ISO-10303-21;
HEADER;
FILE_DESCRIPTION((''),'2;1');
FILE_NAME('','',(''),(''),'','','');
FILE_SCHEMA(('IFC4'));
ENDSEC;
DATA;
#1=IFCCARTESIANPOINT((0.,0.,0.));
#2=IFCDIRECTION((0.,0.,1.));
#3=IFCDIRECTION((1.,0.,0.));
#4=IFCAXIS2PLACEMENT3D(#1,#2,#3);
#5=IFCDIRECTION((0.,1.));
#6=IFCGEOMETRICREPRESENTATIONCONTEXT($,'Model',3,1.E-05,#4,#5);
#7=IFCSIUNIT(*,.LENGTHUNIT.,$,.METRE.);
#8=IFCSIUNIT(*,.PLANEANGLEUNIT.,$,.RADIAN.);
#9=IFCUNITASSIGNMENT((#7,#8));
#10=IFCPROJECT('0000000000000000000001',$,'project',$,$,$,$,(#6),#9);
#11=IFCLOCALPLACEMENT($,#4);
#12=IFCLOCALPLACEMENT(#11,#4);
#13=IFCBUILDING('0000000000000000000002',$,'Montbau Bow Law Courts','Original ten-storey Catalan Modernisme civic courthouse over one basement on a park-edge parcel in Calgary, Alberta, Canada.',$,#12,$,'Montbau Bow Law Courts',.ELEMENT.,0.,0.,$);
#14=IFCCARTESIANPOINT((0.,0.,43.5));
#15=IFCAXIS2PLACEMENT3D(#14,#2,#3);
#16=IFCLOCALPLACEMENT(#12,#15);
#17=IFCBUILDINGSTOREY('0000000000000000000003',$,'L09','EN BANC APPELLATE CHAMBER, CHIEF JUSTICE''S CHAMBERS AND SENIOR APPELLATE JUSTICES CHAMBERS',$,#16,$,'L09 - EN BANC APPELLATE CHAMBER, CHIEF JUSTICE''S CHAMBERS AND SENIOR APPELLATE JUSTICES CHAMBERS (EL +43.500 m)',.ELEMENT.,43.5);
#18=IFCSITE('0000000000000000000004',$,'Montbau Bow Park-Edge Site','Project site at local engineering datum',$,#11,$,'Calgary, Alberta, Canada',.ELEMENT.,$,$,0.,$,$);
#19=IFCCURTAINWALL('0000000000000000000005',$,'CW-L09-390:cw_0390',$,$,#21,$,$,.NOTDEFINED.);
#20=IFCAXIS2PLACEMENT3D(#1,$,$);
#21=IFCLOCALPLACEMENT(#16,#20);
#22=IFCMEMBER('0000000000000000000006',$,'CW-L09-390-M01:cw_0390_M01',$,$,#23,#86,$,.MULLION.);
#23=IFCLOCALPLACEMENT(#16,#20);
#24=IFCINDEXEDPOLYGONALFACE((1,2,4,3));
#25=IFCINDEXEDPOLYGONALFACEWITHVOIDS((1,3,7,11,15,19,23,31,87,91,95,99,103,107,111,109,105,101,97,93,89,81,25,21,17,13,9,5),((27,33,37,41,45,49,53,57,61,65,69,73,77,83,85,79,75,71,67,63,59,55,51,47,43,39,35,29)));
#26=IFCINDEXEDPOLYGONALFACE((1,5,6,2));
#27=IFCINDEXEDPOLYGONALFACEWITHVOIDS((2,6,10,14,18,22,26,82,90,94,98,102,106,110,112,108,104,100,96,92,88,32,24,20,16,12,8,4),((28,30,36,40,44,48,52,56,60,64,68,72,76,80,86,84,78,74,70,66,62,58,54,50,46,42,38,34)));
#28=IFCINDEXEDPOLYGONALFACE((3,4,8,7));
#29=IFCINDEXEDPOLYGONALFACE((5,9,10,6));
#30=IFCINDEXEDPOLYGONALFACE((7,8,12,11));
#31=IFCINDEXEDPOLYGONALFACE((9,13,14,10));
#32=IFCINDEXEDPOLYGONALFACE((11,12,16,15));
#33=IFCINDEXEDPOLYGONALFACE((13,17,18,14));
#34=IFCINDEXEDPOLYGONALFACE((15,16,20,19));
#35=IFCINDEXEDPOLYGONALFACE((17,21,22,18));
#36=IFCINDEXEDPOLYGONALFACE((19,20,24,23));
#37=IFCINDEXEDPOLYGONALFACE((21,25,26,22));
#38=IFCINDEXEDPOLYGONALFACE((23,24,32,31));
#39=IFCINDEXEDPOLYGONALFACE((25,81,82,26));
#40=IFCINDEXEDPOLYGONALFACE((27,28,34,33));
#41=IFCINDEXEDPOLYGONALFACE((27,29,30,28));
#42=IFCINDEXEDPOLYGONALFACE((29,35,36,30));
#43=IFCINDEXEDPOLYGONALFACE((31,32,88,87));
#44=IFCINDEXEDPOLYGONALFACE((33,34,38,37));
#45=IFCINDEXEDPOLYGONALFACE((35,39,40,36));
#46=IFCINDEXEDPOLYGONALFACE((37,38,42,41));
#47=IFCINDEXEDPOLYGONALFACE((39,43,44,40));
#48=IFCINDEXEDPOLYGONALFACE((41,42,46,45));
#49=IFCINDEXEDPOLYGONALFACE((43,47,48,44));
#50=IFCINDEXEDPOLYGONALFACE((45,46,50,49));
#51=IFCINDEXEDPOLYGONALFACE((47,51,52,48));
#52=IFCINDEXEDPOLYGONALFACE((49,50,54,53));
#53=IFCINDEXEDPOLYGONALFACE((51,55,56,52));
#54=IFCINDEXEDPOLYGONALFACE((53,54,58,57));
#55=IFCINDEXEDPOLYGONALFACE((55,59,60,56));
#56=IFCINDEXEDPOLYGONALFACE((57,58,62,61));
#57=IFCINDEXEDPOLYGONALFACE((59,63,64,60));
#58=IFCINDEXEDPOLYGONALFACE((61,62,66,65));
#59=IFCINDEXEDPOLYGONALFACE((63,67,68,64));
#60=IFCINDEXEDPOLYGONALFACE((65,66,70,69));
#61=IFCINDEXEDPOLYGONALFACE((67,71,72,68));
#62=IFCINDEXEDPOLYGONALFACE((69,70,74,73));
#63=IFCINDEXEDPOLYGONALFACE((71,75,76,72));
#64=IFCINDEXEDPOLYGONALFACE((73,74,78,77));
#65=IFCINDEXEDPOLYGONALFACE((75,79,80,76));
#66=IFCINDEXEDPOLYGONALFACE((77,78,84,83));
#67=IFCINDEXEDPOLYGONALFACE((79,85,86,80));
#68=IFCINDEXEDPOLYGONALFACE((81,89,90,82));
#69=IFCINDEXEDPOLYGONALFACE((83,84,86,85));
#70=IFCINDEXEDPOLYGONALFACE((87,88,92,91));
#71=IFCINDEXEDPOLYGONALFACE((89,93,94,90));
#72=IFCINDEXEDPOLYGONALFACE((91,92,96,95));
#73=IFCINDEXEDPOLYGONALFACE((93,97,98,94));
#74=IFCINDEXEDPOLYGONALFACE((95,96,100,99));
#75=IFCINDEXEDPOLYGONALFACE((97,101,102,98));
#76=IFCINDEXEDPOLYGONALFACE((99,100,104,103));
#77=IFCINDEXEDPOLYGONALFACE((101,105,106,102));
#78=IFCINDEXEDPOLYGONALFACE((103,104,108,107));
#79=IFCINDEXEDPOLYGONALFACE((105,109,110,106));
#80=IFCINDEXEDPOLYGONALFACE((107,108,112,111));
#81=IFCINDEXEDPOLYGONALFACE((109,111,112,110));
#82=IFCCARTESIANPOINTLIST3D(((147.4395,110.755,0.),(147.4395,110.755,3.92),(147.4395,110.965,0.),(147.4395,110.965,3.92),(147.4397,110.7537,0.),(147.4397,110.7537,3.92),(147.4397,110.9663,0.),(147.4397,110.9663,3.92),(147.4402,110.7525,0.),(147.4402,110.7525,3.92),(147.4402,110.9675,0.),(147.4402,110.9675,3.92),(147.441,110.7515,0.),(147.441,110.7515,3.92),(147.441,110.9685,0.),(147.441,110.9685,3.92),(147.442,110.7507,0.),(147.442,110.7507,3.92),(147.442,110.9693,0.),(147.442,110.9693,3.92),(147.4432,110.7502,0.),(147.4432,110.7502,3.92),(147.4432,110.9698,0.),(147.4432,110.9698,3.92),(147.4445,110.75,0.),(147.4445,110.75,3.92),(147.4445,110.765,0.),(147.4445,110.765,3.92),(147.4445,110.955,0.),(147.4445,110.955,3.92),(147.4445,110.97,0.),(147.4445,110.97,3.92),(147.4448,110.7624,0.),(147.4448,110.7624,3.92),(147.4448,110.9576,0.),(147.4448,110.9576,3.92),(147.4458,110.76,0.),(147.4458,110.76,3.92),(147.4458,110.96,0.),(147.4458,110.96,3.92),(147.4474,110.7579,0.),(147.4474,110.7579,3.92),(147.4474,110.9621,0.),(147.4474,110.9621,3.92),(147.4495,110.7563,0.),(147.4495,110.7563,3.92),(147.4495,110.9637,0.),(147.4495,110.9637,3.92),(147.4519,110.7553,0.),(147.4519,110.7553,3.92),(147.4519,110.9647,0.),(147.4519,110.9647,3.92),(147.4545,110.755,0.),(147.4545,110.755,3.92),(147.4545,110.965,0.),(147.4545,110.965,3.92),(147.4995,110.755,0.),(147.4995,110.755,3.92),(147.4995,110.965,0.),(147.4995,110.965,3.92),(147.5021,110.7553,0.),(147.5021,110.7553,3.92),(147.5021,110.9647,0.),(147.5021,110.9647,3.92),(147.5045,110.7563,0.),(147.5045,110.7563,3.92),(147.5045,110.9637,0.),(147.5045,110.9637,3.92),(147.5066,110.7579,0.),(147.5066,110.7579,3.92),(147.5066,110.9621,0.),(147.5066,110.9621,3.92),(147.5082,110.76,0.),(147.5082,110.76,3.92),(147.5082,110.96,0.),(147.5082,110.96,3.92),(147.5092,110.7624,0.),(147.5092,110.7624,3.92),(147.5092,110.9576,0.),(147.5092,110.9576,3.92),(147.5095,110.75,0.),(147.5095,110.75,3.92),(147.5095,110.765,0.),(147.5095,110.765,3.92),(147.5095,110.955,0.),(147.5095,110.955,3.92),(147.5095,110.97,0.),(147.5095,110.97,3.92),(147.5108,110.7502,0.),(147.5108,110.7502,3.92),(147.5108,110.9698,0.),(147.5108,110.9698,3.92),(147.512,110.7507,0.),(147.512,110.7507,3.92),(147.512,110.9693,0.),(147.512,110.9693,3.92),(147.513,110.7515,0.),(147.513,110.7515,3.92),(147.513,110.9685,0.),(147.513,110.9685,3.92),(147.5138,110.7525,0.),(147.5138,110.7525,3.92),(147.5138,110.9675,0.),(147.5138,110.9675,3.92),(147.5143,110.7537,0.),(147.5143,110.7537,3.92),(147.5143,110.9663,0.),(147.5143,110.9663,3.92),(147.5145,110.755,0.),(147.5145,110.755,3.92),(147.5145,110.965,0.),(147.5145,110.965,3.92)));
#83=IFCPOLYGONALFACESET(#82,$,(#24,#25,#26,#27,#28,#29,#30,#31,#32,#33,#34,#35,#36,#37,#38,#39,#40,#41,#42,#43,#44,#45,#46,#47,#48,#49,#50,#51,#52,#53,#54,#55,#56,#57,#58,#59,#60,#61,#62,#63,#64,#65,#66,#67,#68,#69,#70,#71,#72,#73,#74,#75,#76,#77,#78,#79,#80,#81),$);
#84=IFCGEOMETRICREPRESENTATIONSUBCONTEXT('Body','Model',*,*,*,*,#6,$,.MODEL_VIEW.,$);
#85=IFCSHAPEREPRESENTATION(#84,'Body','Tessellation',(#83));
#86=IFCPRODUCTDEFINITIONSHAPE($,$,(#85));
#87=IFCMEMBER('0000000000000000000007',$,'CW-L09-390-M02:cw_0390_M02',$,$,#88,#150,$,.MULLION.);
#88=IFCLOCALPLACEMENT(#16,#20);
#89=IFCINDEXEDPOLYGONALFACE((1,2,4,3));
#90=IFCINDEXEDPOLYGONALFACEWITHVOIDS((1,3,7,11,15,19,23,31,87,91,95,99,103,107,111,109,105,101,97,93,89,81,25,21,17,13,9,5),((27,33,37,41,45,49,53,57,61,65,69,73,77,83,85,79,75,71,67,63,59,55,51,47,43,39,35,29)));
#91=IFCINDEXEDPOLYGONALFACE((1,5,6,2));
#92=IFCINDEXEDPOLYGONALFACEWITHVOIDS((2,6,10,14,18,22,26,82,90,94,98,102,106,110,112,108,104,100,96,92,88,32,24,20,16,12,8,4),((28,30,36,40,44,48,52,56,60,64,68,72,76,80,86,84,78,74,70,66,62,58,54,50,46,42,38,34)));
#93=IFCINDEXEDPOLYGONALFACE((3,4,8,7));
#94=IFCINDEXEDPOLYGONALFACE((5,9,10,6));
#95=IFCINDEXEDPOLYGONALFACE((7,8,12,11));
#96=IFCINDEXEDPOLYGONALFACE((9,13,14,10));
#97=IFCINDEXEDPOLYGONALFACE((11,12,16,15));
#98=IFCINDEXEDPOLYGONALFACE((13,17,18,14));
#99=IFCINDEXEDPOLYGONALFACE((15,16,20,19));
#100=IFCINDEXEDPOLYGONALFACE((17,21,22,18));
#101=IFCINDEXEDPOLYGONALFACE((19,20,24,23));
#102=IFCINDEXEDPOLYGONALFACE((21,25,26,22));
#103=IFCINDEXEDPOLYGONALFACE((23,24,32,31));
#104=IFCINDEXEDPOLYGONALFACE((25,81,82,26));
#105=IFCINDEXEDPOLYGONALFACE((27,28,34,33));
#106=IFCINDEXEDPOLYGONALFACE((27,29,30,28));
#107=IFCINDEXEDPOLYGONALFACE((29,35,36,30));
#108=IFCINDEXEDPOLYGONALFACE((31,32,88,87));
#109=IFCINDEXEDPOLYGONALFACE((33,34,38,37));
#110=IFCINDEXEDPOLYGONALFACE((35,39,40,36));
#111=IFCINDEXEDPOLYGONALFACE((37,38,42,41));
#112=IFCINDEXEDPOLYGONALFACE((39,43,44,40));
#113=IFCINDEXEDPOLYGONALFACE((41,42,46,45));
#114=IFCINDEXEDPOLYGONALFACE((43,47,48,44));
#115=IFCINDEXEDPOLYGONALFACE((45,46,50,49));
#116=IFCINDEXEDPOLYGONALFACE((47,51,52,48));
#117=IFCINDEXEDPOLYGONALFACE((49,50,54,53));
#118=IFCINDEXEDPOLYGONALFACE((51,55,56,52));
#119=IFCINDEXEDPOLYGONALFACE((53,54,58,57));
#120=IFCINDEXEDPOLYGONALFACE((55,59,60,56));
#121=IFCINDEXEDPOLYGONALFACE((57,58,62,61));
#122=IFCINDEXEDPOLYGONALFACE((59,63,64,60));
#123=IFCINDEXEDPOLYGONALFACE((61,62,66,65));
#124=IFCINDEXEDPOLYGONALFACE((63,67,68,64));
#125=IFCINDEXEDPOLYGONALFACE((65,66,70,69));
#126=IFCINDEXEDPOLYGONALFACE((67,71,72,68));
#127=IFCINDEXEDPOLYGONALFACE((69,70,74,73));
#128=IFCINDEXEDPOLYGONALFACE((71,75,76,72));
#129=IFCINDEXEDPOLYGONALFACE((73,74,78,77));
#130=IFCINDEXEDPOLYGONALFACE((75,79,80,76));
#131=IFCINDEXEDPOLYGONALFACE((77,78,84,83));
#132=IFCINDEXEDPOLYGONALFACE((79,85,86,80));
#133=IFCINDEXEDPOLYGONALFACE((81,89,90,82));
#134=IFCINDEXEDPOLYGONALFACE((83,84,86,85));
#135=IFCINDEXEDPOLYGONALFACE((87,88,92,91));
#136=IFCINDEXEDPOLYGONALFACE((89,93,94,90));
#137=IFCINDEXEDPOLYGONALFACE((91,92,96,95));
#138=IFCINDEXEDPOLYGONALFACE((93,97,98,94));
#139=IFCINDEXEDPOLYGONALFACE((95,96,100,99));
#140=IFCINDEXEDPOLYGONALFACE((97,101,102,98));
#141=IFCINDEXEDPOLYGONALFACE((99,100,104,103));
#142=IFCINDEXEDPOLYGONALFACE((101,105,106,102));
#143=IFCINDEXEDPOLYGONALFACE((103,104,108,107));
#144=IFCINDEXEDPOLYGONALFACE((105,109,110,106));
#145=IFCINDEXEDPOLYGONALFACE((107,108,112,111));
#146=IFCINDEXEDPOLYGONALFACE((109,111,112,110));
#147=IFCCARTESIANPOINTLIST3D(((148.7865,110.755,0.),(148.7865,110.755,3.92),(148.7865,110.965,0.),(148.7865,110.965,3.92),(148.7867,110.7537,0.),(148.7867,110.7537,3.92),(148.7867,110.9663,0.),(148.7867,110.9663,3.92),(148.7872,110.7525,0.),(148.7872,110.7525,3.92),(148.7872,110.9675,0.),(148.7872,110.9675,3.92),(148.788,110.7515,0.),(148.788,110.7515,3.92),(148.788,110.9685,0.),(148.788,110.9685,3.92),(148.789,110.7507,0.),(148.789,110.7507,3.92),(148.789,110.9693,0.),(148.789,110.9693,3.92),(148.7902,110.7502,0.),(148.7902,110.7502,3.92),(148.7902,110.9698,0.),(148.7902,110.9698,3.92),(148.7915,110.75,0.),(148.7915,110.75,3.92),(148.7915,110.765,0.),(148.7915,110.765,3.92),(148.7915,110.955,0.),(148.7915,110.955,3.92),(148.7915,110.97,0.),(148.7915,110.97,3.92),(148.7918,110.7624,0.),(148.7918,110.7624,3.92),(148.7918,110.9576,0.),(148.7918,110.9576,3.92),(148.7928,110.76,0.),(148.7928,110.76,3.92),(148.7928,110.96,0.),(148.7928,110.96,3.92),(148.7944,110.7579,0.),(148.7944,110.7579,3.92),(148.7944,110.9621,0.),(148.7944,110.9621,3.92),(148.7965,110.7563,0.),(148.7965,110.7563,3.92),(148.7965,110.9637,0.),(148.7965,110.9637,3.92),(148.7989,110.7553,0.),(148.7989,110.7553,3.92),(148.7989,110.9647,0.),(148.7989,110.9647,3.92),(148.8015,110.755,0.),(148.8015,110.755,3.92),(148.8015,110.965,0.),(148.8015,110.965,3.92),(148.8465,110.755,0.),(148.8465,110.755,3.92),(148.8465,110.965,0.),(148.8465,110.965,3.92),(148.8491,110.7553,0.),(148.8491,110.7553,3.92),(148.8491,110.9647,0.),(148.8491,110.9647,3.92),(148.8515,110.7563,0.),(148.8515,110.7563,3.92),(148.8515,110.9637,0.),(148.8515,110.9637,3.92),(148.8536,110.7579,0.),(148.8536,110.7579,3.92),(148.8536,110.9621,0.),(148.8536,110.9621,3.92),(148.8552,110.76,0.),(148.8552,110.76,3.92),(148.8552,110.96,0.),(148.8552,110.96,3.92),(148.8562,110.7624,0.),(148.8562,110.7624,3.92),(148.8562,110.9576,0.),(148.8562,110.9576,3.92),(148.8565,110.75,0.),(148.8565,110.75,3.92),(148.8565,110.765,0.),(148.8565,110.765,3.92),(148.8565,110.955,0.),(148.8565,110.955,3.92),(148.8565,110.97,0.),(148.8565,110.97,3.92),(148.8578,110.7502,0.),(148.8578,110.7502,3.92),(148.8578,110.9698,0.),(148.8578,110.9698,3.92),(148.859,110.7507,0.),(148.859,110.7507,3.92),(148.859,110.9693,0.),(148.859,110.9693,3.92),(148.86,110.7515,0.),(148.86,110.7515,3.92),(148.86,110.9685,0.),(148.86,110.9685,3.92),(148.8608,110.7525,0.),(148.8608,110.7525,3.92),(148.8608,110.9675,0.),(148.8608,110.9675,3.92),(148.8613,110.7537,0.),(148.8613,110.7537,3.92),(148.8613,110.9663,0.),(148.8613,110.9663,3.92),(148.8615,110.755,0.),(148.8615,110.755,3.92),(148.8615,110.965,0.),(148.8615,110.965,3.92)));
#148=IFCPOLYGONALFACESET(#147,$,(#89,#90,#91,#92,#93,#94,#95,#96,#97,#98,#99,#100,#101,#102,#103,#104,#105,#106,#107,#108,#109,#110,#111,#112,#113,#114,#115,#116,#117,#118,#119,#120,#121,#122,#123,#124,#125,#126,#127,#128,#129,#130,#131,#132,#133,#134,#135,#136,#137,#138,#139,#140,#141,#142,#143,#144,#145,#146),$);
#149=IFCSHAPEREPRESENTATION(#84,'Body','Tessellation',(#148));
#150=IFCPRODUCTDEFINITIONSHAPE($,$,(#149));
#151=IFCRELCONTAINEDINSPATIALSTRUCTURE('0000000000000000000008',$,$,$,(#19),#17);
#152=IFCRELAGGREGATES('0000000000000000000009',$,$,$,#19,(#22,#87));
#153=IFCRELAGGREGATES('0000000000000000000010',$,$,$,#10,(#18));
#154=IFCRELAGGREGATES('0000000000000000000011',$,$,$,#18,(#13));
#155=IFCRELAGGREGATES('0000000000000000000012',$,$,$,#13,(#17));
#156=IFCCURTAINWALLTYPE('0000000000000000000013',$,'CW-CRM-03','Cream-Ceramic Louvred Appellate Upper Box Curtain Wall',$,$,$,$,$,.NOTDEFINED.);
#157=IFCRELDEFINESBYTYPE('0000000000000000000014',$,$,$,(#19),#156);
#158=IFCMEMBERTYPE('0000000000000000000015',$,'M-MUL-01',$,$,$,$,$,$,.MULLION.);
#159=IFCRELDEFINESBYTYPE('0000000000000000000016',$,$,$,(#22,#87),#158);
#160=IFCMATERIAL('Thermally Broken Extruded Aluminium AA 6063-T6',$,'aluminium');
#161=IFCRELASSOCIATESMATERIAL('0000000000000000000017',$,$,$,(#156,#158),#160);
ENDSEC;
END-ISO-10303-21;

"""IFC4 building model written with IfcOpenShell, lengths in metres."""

from ifc_helpers import new_model, si_unit, direction, frame, origin_with_axes, origin_2d_with_axis, place, context, subcontext, project, spatial, hollow_rectangle, extrude, material, material_profile, profile_set, type_object, element, aggregate, save


model = new_model("IFC4")

# Units and contexts
model_context = context("Model", 3, precision=1e-05, world=origin_with_axes(), true_north=direction((0.0, 1.0)))
body_context = subcontext(model_context, "Body", "Model", "MODEL_VIEW")
ifc_project = project(units=[si_unit("LENGTHUNIT", "METRE"), si_unit("PLANEANGLEUNIT", "RADIAN")], contexts=[model_context])

# Site, building, storey
site_placement = place(None, origin_with_axes())
site = spatial("IfcSite", under=ifc_project, at=site_placement, Name="Montbau Bow Park-Edge Site", Description="Project site at local engineering datum", LongName="Calgary, Alberta, Canada", CompositionType="ELEMENT", RefElevation=0.0)
building_placement = place(site_placement, origin_with_axes())
building = spatial("IfcBuilding", under=site, at=building_placement, Name="Montbau Bow Law Courts", Description="Original ten-storey Catalan Modernisme civic courthouse over one basement on a park-edge parcel in Calgary, Alberta, Canada.", LongName="Montbau Bow Law Courts", CompositionType="ELEMENT", ElevationOfRefHeight=0.0, ElevationOfTerrain=0.0)
storey_placement = place(building_placement, frame((0.0, 0.0, 43.5), z_axis=(0.0, 0.0, 1.0), x_axis=(1.0, 0.0, 0.0)))
storey = spatial("IfcBuildingStorey", under=building, at=storey_placement, Name="L09", Description="EN BANC APPELLATE CHAMBER, CHIEF JUSTICE'S CHAMBERS AND SENIOR APPELLATE JUSTICES CHAMBERS", LongName="L09 - EN BANC APPELLATE CHAMBER, CHIEF JUSTICE'S CHAMBERS AND SENIOR APPELLATE JUSTICES CHAMBERS (EL +43.500 m)", CompositionType="ELEMENT", Elevation=43.5)

# Curtain wall, members
ifc_material_1 = material(Name="Thermally Broken Extruded Aluminium AA 6063-T6", Category="aluminium")
curtain_wall_type = type_object("IfcCurtainWallType", Name="CW-CRM-03", Description="Cream-Ceramic Louvred Appellate Upper Box Curtain Wall", PredefinedType="NOTDEFINED", material=ifc_material_1)
curtain_wall_1_placement = place(None, frame((147.44, 110.86, 43.5), z_axis=(0.0, 0.0, 1.0), x_axis=(1.0, 0.0, 0.0)))
curtain_wall_1 = element("IfcCurtainWall", 1, at=curtain_wall_1_placement, inside=storey, type_object=curtain_wall_type, Name="CW-L09-390:cw_0390", PredefinedType="NOTDEFINED")
ifc_material_profile_1 = material_profile(ifc_material_1, hollow_rectangle(XDim=0.075, YDim=0.22, WallThickness=0.005, InnerFilletRadius=0.01, OuterFilletRadius=0.005, at=origin_2d_with_axis()), Name="CWM-220X75", Category="Main", Priority=0)
ifc_profile_set_1 = profile_set([ifc_material_profile_1], Name="Thermally Broken Extruded Aluminium AA 6063-T6")
member_type_1 = type_object("IfcMemberType", Name="M-MUL-01", PredefinedType="MULLION", material=ifc_profile_set_1)
member_1_placement = place(None, frame((147.477, 110.86, 43.5), z_axis=(0.0, 0.0, 1.0), x_axis=(1.0, 0.0, 0.0)))
member_1 = element("IfcMember", 2, at=member_1_placement, type_object=member_type_1, Name="CW-L09-390-M01:cw_0390_M01", PredefinedType="MULLION", context=body_context, shape_type="SweptSolid", body=[
    extrude(hollow_rectangle(XDim=0.075, YDim=0.22, WallThickness=0.005, InnerFilletRadius=0.01, OuterFilletRadius=0.005, at=origin_2d_with_axis()), origin_with_axes(), (0.0, 0.0, 1.0), 3.92),
])
member_2_placement = place(None, frame((148.824, 110.86, 43.5), z_axis=(0.0, 0.0, 1.0), x_axis=(1.0, 0.0, 0.0)))
member_2 = element("IfcMember", 3, at=member_2_placement, type_object=member_type_1, Name="CW-L09-390-M02:cw_0390_M02", PredefinedType="MULLION", context=body_context, shape_type="SweptSolid", body=[
    extrude(hollow_rectangle(XDim=0.075, YDim=0.22, WallThickness=0.005, InnerFilletRadius=0.01, OuterFilletRadius=0.005, at=origin_2d_with_axis()), origin_with_axes(), (0.0, 0.0, 1.0), 3.92),
])

aggregate(curtain_wall_1, [member_1, member_2])

save(model, "model.ifc")
